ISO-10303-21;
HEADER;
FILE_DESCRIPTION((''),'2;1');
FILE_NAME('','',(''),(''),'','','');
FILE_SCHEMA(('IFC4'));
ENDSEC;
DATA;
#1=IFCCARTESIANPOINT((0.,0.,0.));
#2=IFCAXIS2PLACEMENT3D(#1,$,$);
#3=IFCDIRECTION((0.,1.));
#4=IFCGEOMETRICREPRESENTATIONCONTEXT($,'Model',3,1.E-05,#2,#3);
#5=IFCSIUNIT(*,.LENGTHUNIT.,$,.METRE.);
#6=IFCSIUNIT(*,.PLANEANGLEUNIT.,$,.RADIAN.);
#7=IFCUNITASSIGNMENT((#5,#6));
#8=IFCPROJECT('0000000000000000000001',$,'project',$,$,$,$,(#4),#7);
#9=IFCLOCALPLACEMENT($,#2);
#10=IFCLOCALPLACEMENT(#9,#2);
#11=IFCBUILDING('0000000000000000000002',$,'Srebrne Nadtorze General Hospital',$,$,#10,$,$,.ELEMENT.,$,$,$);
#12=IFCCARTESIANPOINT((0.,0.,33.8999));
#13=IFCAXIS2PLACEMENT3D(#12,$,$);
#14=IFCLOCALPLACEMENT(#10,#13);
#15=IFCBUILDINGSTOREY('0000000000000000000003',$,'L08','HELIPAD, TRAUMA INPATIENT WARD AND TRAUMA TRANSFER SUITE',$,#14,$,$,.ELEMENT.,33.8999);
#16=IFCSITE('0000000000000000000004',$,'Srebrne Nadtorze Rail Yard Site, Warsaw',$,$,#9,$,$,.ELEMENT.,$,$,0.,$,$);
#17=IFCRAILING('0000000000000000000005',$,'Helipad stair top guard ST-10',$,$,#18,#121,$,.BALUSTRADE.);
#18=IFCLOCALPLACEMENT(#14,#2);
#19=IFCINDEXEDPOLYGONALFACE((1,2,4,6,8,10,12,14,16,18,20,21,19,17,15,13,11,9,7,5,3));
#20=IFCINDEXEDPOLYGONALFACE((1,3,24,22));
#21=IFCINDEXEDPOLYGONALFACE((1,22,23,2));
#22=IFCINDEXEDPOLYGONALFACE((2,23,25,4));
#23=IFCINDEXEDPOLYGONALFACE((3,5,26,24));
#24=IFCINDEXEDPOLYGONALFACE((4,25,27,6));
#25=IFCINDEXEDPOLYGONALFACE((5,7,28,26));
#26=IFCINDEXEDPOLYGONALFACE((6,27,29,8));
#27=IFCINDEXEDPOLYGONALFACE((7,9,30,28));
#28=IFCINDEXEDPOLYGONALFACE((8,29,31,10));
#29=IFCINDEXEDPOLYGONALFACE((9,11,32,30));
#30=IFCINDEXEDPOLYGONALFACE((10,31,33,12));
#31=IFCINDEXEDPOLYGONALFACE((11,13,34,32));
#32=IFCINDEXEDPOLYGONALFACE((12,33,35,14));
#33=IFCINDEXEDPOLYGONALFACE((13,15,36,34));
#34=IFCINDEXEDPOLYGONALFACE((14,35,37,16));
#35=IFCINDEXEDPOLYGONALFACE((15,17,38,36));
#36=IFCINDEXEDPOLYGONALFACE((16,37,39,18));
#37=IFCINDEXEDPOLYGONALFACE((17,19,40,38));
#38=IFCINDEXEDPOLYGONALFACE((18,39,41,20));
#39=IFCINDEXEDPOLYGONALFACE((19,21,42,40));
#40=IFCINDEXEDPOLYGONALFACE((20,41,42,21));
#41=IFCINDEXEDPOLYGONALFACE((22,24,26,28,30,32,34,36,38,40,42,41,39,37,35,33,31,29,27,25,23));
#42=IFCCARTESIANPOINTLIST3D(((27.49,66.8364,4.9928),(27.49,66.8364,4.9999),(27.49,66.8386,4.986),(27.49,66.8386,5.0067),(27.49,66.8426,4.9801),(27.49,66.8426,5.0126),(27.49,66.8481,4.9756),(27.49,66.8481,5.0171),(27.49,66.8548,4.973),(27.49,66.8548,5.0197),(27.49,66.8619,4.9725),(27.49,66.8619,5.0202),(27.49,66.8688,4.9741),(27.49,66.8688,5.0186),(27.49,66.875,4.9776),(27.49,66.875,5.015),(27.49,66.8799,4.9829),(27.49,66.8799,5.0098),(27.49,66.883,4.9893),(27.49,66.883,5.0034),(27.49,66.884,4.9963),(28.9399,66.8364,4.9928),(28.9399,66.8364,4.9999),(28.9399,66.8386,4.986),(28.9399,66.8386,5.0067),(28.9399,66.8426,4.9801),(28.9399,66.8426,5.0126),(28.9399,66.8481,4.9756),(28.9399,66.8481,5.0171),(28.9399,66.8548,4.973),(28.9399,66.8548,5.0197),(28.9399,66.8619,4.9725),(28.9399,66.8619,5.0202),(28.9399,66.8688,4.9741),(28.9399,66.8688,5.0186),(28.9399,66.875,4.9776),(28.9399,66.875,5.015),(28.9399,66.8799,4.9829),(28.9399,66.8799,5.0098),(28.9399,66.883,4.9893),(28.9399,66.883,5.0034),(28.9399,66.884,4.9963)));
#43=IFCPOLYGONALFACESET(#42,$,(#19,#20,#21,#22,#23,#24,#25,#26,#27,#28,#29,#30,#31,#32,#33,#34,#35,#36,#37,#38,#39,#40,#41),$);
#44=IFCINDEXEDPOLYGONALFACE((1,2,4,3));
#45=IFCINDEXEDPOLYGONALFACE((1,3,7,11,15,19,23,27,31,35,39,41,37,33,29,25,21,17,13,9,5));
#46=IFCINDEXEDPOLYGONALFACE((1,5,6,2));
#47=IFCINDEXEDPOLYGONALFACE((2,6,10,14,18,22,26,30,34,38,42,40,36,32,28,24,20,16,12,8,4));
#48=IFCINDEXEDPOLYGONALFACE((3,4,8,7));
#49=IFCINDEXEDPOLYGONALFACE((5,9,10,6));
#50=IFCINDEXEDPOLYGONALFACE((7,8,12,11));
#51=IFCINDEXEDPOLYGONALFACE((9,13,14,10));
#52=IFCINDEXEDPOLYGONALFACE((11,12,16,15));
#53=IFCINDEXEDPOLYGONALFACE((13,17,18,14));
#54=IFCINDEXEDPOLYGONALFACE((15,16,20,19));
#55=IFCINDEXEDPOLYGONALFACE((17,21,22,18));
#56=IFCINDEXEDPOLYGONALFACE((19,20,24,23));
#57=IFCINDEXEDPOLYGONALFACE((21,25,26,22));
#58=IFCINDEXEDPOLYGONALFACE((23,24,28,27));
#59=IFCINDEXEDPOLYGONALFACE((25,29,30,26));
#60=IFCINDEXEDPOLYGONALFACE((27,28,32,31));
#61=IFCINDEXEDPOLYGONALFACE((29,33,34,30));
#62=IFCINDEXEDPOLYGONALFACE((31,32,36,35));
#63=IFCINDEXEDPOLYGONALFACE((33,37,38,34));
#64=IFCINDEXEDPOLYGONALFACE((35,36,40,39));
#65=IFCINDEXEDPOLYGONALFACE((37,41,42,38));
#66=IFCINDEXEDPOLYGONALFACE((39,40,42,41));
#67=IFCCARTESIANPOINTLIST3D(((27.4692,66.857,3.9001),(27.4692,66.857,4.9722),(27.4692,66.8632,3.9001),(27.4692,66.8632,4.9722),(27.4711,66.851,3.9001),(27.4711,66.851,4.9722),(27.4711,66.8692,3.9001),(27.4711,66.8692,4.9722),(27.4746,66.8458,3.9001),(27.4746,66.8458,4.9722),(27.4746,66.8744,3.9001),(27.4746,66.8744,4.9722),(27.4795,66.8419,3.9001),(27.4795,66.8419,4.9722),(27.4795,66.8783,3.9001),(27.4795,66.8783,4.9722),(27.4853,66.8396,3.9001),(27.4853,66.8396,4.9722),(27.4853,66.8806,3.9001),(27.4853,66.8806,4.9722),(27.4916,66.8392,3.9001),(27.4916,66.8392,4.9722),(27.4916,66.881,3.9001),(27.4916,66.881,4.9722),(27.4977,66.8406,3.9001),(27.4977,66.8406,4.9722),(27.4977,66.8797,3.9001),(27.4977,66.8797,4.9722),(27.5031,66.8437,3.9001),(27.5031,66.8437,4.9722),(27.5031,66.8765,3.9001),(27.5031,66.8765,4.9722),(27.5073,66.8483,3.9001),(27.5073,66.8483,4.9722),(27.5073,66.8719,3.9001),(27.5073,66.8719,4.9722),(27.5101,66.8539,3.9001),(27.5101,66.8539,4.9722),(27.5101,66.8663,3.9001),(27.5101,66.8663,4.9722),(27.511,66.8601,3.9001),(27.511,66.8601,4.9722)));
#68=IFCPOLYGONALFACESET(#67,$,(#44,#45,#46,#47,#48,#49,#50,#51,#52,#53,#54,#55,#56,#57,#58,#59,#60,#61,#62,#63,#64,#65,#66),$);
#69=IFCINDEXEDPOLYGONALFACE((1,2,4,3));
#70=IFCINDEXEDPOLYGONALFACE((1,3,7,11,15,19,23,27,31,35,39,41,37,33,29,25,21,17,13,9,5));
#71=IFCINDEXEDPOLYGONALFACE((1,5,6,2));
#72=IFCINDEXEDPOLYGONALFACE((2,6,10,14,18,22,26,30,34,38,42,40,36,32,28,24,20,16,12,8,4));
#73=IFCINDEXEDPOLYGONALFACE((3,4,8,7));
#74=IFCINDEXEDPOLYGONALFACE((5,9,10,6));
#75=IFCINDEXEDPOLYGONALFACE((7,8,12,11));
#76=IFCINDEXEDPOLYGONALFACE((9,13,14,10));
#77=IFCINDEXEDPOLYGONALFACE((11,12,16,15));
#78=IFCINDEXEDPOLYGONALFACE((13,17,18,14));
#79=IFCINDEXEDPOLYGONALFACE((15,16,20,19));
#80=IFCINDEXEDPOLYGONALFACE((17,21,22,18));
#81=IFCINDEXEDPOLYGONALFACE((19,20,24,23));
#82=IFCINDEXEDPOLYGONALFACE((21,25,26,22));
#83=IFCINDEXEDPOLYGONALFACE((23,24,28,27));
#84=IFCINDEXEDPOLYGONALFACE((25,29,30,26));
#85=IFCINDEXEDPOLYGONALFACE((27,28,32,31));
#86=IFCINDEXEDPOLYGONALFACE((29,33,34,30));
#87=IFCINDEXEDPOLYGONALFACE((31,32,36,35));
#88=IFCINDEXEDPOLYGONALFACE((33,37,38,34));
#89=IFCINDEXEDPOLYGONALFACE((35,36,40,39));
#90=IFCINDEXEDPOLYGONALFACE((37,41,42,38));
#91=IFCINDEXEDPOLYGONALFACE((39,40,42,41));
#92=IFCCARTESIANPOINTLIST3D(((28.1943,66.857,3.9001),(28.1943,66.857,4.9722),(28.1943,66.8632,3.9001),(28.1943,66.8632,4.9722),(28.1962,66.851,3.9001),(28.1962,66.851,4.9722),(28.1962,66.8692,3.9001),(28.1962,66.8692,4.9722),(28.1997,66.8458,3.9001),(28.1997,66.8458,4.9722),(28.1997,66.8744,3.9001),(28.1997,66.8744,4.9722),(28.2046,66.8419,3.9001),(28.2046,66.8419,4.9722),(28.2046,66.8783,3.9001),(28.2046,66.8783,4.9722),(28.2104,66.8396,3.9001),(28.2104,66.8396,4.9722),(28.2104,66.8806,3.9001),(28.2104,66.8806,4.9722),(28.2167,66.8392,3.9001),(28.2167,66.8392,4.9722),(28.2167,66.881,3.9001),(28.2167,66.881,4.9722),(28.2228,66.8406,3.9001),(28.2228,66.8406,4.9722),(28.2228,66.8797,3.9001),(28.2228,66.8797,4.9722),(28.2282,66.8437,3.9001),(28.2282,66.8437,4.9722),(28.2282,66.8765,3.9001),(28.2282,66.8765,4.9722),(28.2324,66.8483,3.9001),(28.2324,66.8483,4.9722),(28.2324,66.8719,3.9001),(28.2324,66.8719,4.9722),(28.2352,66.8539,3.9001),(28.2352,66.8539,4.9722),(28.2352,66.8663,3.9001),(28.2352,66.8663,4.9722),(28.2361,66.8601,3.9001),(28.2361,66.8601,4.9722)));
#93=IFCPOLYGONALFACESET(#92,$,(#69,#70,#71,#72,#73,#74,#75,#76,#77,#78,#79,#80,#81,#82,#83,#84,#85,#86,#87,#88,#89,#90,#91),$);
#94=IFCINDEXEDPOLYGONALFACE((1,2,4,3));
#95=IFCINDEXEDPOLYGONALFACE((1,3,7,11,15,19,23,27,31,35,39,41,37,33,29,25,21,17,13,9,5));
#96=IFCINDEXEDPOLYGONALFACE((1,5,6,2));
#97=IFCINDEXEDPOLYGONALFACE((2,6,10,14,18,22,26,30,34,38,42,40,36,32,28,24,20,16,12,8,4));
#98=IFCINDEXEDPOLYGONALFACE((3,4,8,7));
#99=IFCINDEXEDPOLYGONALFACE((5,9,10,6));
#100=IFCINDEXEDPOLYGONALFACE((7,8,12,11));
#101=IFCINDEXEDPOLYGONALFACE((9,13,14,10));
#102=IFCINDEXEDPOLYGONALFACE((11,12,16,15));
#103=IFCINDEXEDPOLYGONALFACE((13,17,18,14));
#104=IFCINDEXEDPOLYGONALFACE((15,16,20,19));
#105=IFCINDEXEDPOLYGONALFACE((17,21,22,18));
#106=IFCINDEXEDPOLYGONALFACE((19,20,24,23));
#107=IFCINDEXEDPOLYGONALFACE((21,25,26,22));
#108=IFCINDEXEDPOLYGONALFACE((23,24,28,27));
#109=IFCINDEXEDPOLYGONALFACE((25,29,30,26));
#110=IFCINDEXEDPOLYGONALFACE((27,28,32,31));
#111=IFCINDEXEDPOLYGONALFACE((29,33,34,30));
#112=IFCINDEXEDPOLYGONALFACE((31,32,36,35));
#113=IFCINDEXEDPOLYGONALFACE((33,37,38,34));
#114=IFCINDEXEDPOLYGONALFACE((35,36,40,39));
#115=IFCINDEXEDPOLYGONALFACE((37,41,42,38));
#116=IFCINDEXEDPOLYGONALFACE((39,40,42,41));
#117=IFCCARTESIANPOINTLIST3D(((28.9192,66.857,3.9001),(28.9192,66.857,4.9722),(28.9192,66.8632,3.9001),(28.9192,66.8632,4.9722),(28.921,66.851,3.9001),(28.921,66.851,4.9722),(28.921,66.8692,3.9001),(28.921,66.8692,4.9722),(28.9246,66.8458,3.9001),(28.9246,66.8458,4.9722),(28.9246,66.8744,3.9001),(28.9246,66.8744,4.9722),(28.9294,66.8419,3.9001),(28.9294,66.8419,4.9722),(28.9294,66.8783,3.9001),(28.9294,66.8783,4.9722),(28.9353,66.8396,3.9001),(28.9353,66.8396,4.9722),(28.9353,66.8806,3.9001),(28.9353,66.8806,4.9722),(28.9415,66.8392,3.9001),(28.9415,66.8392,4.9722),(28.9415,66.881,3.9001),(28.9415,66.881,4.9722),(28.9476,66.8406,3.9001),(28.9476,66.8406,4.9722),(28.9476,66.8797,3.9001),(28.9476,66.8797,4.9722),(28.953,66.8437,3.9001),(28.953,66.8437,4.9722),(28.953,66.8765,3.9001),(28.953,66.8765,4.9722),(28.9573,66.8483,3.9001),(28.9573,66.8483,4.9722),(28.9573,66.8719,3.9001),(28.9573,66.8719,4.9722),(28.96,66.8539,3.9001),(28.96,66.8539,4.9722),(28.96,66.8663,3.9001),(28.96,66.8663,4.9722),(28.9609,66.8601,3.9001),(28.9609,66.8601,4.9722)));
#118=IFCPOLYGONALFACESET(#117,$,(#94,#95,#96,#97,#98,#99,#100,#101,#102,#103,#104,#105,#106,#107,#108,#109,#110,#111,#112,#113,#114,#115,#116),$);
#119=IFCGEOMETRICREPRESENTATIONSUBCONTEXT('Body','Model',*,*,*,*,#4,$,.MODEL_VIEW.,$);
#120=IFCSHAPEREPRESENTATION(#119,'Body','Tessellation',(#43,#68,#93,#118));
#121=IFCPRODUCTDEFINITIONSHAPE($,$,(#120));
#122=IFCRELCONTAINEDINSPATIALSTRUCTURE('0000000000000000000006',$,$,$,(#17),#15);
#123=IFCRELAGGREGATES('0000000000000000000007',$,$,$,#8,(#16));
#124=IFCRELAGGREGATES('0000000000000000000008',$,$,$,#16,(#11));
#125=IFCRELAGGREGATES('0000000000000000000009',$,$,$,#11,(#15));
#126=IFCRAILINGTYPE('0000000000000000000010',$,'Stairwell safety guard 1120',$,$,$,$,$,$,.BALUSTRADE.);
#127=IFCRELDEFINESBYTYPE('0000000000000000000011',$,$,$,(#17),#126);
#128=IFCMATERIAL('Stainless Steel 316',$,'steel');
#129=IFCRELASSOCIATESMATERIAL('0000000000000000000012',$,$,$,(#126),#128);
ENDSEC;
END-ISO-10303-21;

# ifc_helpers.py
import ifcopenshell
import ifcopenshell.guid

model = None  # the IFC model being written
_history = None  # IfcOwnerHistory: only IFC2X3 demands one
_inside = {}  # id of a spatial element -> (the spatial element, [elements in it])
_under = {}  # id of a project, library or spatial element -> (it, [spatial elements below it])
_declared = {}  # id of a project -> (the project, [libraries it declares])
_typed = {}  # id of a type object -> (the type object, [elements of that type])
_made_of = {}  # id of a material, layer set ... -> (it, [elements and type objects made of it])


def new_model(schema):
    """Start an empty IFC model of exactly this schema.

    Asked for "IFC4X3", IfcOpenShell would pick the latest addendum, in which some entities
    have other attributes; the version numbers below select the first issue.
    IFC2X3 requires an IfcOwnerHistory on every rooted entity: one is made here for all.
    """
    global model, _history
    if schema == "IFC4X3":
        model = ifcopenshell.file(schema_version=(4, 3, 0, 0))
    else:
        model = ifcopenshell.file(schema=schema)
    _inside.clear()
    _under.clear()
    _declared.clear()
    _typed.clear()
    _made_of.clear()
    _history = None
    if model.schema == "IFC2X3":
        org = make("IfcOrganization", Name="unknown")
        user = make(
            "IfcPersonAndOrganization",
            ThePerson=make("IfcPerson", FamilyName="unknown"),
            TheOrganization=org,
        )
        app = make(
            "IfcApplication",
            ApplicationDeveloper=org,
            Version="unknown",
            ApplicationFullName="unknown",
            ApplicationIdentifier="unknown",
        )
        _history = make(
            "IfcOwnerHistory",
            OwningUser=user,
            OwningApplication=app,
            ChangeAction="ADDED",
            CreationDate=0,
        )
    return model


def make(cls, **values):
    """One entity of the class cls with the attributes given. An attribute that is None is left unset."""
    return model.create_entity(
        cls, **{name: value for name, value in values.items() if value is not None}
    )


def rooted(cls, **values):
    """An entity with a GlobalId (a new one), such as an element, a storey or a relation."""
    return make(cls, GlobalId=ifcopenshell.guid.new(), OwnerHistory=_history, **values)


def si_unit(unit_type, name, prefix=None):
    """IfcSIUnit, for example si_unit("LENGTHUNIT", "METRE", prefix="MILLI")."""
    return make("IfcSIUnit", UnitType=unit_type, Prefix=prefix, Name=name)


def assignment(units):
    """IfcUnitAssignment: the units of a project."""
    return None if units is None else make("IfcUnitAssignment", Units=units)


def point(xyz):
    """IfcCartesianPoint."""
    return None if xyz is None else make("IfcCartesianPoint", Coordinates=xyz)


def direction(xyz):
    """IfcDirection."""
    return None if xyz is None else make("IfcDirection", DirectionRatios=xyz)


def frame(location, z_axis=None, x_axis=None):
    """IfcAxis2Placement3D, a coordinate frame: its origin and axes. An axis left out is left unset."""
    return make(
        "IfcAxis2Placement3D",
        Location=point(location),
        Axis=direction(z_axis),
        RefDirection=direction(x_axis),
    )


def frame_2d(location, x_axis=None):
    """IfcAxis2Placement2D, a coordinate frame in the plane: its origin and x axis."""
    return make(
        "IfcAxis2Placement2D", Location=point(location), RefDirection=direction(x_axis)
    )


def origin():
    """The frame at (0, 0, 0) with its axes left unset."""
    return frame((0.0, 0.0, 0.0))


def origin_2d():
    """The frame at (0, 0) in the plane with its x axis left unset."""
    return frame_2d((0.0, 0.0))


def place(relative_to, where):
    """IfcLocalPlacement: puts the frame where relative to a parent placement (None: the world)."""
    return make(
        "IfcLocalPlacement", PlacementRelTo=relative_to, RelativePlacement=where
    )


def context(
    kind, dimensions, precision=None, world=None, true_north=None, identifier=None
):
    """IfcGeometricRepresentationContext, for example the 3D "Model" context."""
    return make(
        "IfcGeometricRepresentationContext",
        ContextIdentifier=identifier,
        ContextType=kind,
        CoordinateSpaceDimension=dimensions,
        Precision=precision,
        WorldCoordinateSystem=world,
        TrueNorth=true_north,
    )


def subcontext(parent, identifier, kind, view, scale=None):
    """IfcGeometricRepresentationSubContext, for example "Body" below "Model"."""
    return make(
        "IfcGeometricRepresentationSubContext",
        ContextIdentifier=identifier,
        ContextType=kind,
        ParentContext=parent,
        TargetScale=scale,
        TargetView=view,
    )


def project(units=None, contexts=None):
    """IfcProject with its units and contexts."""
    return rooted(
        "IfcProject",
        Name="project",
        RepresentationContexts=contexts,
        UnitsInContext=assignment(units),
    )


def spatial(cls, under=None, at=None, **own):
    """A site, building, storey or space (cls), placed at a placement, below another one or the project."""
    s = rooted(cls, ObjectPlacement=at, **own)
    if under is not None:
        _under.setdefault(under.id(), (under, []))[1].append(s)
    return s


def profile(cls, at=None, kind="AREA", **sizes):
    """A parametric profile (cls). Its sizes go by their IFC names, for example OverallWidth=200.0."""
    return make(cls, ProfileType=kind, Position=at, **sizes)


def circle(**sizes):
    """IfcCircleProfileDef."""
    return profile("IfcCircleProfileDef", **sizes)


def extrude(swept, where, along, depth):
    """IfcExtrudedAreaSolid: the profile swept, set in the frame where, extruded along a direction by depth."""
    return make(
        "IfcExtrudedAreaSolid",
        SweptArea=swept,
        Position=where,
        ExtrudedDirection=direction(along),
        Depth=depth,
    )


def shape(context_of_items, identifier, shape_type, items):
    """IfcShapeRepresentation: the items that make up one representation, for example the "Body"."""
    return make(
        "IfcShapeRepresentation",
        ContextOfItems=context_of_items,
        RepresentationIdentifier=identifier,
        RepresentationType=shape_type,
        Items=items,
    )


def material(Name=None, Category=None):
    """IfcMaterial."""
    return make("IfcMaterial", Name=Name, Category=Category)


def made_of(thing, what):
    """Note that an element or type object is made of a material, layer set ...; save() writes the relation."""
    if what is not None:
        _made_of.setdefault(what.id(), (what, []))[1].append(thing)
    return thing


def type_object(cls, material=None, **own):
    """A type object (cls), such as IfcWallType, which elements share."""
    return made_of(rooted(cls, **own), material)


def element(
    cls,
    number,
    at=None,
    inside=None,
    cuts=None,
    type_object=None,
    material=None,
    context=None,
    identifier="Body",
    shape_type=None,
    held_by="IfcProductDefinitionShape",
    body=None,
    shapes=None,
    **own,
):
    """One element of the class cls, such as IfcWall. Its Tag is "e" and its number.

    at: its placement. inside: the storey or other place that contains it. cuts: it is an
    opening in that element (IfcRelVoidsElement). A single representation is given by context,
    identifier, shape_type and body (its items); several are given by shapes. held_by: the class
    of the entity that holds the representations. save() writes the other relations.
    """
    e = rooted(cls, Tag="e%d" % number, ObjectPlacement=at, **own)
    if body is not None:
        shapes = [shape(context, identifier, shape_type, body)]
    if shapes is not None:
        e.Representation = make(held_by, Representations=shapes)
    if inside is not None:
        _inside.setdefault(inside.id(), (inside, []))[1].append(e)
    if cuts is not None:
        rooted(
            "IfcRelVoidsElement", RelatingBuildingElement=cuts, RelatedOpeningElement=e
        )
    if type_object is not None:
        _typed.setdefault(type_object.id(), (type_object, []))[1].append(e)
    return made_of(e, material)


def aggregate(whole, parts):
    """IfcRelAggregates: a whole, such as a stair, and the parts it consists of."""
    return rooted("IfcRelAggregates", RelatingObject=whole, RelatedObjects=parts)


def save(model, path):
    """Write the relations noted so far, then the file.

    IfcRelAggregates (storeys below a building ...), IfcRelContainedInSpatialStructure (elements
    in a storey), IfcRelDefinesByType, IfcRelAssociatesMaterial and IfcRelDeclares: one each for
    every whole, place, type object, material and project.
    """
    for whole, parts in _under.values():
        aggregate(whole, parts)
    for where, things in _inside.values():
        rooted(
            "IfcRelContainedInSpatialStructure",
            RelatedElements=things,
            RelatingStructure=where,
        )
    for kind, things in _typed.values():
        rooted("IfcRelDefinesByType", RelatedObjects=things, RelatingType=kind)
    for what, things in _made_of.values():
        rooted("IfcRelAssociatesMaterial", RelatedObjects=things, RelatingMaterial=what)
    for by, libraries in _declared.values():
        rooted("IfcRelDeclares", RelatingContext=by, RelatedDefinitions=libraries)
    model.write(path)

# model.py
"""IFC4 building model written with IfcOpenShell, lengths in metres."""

from ifc_helpers import new_model, si_unit, direction, frame, origin, origin_2d, place, context, subcontext, project, spatial, circle, extrude, material, type_object, element, save


model = new_model("IFC4")

# Units and contexts
model_context = context("Model", 3, precision=1e-05, world=origin(), true_north=direction((0.0, 1.0)))
body_context = subcontext(model_context, "Body", "Model", "MODEL_VIEW")
ifc_project = project(units=[si_unit("LENGTHUNIT", "METRE"), si_unit("PLANEANGLEUNIT", "RADIAN")], contexts=[model_context])

# Site, building, storey
site_placement = place(None, origin())
site = spatial("IfcSite", under=ifc_project, at=site_placement, Name="Srebrne Nadtorze Rail Yard Site, Warsaw", CompositionType="ELEMENT", RefElevation=0.0)
building_placement = place(site_placement, origin())
building = spatial("IfcBuilding", under=site, at=building_placement, Name="Srebrne Nadtorze General Hospital", CompositionType="ELEMENT")
storey_placement = place(building_placement, frame((0.0, 0.0, 33.8999)))
storey = spatial("IfcBuildingStorey", under=building, at=storey_placement, Name="L08", Description="HELIPAD, TRAUMA INPATIENT WARD AND TRAUMA TRANSFER SUITE", CompositionType="ELEMENT", Elevation=33.8999)

# Railing
ifc_material_1 = material(Name="Stainless Steel 316", Category="steel")
railing_type_1 = type_object("IfcRailingType", Name="Stairwell safety guard 1120", PredefinedType="BALUSTRADE", material=ifc_material_1)
railing_1_placement = place(storey_placement, frame((27.49, 66.8601, 3.9001)))
element("IfcRailing", 1, at=railing_1_placement, inside=storey, type_object=railing_type_1, Name="Helipad stair top guard ST-10", PredefinedType="BALUSTRADE", context=body_context, shape_type="SweptSolid", body=[
    extrude(circle(Radius=0.0239, at=origin_2d()), frame((0.0, 0.0, 1.0962), z_axis=(1.0, 0.0, 0.0), x_axis=(0.0, 1.0, 0.0)), (0.0, 0.0, 1.0), 1.45),
    extrude(circle(Radius=0.021, at=origin_2d()), origin(), (0.0, 0.0, 1.0), 1.072),
    extrude(circle(Radius=0.021, at=origin_2d()), frame((0.7251, 0.0, 0.0)), (0.0, 0.0, 1.0), 1.072),
    extrude(circle(Radius=0.021, at=origin_2d()), frame((1.45, 0.0, 0.0)), (0.0, 0.0, 1.0), 1.072),
])

save(model, "model.ifc")
